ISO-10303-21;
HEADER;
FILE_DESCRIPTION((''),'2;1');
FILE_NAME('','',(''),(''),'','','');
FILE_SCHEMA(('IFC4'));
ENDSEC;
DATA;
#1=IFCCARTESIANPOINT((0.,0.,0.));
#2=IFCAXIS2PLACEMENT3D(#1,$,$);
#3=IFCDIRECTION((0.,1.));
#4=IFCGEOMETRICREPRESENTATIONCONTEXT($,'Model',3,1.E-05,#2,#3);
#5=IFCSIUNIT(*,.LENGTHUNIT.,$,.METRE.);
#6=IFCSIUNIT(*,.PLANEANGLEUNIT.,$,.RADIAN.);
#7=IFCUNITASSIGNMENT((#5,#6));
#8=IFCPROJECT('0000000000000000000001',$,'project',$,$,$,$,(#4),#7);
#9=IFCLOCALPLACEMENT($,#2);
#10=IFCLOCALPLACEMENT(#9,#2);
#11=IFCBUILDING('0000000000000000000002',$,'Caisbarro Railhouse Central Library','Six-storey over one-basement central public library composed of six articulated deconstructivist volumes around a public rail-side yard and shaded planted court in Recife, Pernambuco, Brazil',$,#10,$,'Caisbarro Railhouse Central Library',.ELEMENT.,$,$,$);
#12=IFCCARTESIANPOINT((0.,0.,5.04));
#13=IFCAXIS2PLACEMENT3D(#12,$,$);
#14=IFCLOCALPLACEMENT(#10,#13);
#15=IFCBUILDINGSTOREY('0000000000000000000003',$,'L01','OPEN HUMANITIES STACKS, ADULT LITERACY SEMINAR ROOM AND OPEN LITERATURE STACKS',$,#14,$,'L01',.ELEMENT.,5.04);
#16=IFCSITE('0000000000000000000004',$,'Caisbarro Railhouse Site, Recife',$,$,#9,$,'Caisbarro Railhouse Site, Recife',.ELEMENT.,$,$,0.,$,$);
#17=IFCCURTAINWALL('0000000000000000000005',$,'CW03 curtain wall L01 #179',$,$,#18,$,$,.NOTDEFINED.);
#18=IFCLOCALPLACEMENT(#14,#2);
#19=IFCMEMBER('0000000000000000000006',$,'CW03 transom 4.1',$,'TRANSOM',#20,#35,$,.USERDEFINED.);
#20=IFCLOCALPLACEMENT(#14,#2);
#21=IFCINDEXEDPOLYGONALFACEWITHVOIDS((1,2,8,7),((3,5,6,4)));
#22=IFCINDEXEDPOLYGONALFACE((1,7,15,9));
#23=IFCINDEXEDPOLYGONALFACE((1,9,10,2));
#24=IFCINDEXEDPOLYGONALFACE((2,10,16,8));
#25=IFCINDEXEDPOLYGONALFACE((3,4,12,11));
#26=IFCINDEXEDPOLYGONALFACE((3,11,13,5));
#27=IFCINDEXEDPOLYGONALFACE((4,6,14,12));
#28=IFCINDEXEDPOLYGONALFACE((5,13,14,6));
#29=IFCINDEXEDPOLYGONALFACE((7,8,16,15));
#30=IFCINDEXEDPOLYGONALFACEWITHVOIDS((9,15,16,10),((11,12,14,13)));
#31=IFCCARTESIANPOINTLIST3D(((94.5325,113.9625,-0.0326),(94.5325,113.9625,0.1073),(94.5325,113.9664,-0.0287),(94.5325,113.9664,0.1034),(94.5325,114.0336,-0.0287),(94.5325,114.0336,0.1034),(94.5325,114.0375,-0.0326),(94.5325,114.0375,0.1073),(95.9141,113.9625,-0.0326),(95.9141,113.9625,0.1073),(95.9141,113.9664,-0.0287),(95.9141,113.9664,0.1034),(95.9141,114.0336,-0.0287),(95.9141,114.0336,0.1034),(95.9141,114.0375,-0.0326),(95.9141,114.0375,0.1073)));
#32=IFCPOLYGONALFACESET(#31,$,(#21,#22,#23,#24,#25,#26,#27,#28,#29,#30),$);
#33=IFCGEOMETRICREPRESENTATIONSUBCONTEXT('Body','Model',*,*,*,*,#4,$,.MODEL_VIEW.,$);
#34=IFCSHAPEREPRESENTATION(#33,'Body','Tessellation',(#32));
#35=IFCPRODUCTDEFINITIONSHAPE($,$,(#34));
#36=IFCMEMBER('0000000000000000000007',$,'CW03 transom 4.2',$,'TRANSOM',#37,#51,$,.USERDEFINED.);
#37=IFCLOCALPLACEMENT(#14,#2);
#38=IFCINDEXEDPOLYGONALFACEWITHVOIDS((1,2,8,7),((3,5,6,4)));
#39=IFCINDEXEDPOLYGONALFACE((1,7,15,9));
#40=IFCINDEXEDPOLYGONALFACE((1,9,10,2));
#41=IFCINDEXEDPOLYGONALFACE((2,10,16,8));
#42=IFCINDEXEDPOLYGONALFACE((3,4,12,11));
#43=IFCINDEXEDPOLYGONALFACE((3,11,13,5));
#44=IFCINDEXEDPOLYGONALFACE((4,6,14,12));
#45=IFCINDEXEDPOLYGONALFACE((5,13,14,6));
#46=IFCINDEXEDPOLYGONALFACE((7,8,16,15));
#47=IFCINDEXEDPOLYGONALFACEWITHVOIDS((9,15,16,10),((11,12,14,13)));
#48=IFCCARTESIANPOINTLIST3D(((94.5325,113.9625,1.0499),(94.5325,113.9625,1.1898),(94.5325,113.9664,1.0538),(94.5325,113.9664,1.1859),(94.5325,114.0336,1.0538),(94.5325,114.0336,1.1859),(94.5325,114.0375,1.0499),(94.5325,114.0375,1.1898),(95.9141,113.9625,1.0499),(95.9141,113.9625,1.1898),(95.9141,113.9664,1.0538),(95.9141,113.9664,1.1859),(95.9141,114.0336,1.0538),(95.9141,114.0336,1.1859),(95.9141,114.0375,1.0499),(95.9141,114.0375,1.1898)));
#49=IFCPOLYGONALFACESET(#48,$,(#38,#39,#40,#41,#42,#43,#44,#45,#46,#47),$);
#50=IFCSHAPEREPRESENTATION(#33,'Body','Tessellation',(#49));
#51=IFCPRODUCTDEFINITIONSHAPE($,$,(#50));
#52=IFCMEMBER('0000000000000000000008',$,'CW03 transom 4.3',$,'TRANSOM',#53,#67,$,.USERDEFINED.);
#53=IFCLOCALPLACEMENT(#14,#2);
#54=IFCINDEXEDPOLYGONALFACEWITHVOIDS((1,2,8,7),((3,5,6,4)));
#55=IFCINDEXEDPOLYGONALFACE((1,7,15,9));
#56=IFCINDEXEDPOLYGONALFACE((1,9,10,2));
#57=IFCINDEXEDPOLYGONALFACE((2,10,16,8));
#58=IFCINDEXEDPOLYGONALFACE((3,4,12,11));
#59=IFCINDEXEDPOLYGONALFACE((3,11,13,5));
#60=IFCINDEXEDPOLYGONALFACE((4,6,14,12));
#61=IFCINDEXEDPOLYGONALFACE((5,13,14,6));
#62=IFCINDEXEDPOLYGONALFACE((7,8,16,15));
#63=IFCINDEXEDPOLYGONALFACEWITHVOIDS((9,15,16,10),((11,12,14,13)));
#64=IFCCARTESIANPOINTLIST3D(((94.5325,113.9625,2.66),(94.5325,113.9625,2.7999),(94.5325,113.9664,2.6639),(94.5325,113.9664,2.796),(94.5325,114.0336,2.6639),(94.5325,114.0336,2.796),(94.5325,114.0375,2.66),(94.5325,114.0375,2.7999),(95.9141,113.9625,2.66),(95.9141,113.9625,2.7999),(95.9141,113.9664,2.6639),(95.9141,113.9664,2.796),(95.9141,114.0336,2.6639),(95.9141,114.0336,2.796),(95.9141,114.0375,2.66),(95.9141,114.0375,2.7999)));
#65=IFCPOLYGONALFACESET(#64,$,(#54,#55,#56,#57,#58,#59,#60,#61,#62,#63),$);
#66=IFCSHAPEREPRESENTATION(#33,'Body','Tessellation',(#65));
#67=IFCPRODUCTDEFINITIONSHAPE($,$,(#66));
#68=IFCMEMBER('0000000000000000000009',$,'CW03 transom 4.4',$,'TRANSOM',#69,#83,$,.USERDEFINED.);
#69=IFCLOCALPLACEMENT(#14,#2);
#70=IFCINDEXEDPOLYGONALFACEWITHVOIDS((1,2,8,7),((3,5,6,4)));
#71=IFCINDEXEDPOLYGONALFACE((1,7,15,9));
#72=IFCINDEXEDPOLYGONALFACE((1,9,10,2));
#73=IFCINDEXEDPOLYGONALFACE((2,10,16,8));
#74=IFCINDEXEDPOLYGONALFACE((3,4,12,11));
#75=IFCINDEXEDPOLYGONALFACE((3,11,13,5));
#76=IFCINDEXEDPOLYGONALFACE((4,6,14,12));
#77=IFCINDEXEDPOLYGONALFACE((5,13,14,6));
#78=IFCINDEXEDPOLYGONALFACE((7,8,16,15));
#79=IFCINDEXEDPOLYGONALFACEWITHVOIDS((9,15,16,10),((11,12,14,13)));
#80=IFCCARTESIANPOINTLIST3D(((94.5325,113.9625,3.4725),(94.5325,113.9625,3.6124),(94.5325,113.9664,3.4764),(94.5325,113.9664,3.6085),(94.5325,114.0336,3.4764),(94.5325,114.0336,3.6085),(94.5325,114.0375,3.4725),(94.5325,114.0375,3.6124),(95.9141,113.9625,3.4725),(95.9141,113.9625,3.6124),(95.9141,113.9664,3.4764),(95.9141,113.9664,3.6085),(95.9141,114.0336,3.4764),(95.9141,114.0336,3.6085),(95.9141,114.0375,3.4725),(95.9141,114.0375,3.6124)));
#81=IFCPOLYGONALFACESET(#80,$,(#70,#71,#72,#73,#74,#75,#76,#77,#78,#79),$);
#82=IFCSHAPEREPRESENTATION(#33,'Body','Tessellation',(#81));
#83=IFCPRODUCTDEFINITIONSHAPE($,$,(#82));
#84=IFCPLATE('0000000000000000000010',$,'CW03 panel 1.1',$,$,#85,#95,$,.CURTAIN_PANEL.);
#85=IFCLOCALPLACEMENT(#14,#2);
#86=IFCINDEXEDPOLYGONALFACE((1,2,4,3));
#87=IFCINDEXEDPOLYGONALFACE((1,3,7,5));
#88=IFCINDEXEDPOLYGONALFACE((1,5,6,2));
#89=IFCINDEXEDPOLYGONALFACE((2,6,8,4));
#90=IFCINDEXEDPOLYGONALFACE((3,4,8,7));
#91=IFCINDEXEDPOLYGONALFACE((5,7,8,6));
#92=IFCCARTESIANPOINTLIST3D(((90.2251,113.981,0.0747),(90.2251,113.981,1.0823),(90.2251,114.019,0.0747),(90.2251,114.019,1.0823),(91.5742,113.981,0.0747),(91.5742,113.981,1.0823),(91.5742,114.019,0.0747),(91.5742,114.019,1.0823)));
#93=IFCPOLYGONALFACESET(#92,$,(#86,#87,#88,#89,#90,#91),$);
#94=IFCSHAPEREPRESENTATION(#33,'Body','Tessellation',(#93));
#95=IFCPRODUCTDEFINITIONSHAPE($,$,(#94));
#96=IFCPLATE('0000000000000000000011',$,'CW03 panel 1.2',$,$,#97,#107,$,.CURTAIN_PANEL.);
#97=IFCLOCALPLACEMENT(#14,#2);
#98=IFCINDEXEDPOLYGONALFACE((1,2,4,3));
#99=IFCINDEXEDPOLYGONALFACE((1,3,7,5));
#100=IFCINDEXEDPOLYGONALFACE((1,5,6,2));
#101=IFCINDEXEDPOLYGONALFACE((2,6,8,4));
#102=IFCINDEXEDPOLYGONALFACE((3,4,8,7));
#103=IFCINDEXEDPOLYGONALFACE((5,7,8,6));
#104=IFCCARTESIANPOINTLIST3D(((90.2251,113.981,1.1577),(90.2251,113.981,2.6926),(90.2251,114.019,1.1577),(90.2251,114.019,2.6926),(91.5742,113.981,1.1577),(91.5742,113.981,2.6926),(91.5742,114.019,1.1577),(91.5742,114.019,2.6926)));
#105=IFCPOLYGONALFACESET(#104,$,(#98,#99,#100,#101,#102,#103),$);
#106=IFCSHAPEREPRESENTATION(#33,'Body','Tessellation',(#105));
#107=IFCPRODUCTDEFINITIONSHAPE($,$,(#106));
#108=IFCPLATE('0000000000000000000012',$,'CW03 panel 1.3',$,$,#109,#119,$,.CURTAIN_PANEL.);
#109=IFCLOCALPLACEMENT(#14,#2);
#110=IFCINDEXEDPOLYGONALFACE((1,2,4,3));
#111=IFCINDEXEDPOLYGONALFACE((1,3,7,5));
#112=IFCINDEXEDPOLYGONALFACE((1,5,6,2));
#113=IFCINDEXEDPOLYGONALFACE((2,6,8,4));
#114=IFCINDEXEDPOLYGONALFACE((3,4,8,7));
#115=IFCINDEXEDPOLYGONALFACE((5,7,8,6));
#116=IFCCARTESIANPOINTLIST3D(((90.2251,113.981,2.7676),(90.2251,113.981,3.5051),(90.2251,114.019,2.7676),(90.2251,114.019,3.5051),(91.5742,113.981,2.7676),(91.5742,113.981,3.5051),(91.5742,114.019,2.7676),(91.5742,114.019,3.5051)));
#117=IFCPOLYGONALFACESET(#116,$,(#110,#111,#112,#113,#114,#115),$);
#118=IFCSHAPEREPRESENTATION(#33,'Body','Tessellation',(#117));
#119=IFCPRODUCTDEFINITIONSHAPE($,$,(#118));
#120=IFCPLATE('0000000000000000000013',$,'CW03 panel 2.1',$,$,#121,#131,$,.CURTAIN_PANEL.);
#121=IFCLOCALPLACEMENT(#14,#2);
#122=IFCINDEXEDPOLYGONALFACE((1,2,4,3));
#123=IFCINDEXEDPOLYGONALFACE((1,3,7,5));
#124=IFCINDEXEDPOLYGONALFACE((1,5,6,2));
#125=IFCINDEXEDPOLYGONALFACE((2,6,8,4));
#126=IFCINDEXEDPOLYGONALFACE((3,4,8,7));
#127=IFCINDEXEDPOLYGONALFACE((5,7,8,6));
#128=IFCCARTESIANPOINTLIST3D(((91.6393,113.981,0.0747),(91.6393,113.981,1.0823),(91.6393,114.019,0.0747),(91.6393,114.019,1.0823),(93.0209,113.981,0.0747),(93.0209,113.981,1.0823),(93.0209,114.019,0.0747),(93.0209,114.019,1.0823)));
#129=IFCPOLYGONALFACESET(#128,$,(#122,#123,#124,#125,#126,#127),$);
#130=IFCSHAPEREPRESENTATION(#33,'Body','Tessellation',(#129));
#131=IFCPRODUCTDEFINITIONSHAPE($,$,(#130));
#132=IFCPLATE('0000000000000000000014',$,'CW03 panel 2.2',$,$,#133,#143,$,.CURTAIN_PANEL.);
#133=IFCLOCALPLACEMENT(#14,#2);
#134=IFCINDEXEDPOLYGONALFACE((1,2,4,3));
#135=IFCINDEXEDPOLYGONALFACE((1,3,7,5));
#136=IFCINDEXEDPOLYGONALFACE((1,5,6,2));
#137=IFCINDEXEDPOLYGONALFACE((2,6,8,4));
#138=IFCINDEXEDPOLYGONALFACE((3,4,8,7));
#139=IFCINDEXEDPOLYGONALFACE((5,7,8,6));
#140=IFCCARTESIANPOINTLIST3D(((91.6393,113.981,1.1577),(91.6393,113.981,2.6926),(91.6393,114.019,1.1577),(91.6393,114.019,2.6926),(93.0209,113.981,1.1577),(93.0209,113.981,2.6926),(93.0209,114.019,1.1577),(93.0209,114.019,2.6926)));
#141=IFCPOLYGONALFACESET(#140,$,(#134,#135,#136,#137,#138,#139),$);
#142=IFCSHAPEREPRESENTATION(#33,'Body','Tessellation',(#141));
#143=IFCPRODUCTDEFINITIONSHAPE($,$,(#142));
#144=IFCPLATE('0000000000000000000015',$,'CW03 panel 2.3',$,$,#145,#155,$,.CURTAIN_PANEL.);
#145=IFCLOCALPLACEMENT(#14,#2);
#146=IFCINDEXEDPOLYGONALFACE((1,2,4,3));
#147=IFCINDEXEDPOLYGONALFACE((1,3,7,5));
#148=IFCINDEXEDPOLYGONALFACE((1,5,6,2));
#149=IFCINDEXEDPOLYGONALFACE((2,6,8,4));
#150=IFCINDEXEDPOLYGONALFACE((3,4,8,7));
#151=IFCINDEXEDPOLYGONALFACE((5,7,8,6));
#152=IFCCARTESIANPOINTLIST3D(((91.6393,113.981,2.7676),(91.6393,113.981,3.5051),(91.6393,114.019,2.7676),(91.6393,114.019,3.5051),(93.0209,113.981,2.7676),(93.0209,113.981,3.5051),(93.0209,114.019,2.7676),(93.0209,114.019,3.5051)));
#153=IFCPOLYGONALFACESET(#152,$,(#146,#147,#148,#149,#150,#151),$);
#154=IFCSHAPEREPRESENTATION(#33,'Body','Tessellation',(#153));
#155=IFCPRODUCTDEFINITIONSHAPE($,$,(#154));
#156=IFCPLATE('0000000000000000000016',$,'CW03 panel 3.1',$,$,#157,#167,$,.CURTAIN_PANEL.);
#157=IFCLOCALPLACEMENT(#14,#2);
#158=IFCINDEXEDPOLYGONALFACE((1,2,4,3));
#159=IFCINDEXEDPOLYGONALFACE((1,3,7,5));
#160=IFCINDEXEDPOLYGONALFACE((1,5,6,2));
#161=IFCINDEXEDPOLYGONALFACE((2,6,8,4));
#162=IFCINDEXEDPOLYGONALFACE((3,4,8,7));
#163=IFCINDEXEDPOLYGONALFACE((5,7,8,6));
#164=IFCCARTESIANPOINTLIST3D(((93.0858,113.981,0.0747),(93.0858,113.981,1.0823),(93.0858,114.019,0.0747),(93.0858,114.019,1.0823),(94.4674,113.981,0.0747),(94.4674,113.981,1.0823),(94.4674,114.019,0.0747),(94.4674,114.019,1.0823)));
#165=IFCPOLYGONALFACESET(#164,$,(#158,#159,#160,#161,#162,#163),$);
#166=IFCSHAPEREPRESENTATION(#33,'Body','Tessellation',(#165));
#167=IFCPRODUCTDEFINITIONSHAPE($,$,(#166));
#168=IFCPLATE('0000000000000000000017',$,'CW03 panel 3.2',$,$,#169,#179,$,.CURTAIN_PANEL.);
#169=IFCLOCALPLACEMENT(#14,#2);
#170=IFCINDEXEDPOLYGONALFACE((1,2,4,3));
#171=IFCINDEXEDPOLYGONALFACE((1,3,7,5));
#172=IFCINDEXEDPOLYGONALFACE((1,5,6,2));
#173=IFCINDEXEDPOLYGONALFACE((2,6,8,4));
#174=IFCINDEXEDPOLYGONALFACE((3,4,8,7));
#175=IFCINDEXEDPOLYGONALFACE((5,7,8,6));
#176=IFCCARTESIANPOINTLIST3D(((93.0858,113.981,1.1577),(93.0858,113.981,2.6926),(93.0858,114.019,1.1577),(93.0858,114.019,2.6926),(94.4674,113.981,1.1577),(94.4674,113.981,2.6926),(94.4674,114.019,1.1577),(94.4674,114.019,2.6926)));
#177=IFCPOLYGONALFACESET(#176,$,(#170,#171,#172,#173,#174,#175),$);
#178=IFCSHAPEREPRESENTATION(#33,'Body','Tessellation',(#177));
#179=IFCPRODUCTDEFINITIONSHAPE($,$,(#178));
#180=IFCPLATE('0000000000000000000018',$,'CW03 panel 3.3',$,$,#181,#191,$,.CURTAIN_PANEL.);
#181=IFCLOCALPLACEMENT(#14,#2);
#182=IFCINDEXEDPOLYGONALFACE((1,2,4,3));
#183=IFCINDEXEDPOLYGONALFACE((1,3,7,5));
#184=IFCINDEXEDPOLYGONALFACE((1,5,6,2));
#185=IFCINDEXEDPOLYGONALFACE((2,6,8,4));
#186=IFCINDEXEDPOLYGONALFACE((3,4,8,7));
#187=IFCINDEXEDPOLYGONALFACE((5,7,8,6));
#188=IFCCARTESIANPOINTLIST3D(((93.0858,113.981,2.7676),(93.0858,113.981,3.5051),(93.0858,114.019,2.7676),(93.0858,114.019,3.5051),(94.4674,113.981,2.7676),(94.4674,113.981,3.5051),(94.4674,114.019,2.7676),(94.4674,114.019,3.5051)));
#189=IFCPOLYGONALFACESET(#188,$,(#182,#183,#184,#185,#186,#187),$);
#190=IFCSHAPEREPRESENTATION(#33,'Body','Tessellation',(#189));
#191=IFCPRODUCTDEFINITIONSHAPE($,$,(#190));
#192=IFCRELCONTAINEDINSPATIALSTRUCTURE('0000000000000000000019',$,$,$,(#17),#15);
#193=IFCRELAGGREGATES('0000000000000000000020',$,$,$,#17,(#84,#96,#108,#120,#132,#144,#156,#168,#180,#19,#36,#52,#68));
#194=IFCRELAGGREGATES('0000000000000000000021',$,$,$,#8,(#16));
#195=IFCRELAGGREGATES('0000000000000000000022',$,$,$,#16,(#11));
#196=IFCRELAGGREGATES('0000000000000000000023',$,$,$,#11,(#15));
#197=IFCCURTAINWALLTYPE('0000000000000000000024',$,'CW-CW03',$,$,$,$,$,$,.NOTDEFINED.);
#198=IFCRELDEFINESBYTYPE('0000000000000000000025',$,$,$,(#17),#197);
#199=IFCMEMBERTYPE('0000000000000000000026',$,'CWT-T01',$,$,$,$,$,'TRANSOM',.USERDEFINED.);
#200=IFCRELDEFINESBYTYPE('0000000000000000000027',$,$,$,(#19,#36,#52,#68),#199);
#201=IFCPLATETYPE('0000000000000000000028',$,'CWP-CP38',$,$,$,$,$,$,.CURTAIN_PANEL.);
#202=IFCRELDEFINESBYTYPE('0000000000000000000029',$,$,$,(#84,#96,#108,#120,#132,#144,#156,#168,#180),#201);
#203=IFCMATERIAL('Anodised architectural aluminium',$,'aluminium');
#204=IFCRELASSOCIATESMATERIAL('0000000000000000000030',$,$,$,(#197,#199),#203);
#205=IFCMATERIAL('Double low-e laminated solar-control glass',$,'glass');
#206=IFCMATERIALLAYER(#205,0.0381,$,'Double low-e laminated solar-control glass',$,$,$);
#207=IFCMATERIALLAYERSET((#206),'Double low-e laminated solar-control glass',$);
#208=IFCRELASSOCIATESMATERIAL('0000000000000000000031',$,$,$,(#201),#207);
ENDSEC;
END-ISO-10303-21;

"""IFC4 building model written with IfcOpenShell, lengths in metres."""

from ifc_helpers import new_model, si_unit, direction, frame, origin, origin_2d, place, context, subcontext, project, spatial, rectangle, hollow_rectangle, extrude, material, layer, layer_set, material_profile, profile_set, type_object, element, aggregate, save


model = new_model("IFC4")

# Units and contexts
model_context = context("Model", 3, precision=1e-05, world=origin(), true_north=direction((0.0, 1.0)))
body_context = subcontext(model_context, "Body", "Model", "MODEL_VIEW")
ifc_project = project(units=[si_unit("LENGTHUNIT", "METRE"), si_unit("PLANEANGLEUNIT", "RADIAN")], contexts=[model_context])

# Site, building, storey
site_placement = place(None, origin())
site = spatial("IfcSite", under=ifc_project, at=site_placement, Name="Caisbarro Railhouse Site, Recife", LongName="Caisbarro Railhouse Site, Recife", CompositionType="ELEMENT", RefElevation=0.0)
building_placement = place(site_placement, origin())
building = spatial("IfcBuilding", under=site, at=building_placement, Name="Caisbarro Railhouse Central Library", Description="Six-storey over one-basement central public library composed of six articulated deconstructivist volumes around a public rail-side yard and shaded planted court in Recife, Pernambuco, Brazil", LongName="Caisbarro Railhouse Central Library", CompositionType="ELEMENT")
storey_placement = place(building_placement, frame((0.0, 0.0, 5.04)))
storey = spatial("IfcBuildingStorey", under=building, at=storey_placement, Name="L01", Description="OPEN HUMANITIES STACKS, ADULT LITERACY SEMINAR ROOM AND OPEN LITERATURE STACKS", LongName="L01", CompositionType="ELEMENT", Elevation=5.04)

# Curtain wall, members, plates
ifc_material_1 = material(Name="Anodised architectural aluminium", Category="aluminium")
curtain_wall_type = type_object("IfcCurtainWallType", Name="CW-CW03", PredefinedType="NOTDEFINED", material=ifc_material_1)
curtain_wall_placement = place(storey_placement, origin())
curtain_wall = element("IfcCurtainWall", 1, at=curtain_wall_placement, inside=storey, type_object=curtain_wall_type, Name="CW03 curtain wall L01 #179", PredefinedType="NOTDEFINED")
ifc_material_profile_1 = material_profile(ifc_material_1, hollow_rectangle(XDim=0.075, YDim=0.1399, WallThickness=0.0039, at=origin_2d()), Name="ALU-TRN-75X140")
ifc_profile_set_1 = profile_set([ifc_material_profile_1], Name="Anodised architectural aluminium")
member_type_1 = type_object("IfcMemberType", Name="CWT-T01", ElementType="TRANSOM", PredefinedType="USERDEFINED", material=ifc_profile_set_1)
member_1_placement = place(storey_placement, frame((94.5325, 114.0, 0.0374), z_axis=(1.0, 0.0, 0.0), x_axis=(0.0, 1.0, 0.0)))
member_1 = element("IfcMember", 2, at=member_1_placement, type_object=member_type_1, Name="CW03 transom 4.1", ObjectType="TRANSOM", PredefinedType="USERDEFINED", context=body_context, shape_type="SweptSolid", body=[
    extrude(hollow_rectangle(XDim=0.075, YDim=0.1399, WallThickness=0.0039, at=origin_2d()), origin(), (0.0, 0.0, 1.0), 1.3816),
])
member_2_placement = place(storey_placement, frame((94.5325, 114.0, 1.1199), z_axis=(1.0, 0.0, 0.0), x_axis=(0.0, 1.0, 0.0)))
member_2 = element("IfcMember", 3, at=member_2_placement, type_object=member_type_1, Name="CW03 transom 4.2", ObjectType="TRANSOM", PredefinedType="USERDEFINED", context=body_context, shape_type="SweptSolid", body=[
    extrude(hollow_rectangle(XDim=0.075, YDim=0.1399, WallThickness=0.0039, at=origin_2d()), origin(), (0.0, 0.0, 1.0), 1.3816),
])
member_3_placement = place(storey_placement, frame((94.5325, 114.0, 2.73), z_axis=(1.0, 0.0, 0.0), x_axis=(0.0, 1.0, 0.0)))
member_3 = element("IfcMember", 4, at=member_3_placement, type_object=member_type_1, Name="CW03 transom 4.3", ObjectType="TRANSOM", PredefinedType="USERDEFINED", context=body_context, shape_type="SweptSolid", body=[
    extrude(hollow_rectangle(XDim=0.075, YDim=0.1399, WallThickness=0.0039, at=origin_2d()), origin(), (0.0, 0.0, 1.0), 1.3816),
])
member_4_placement = place(storey_placement, frame((94.5325, 114.0, 3.5425), z_axis=(1.0, 0.0, 0.0), x_axis=(0.0, 1.0, 0.0)))
member_4 = element("IfcMember", 5, at=member_4_placement, type_object=member_type_1, Name="CW03 transom 4.4", ObjectType="TRANSOM", PredefinedType="USERDEFINED", context=body_context, shape_type="SweptSolid", body=[
    extrude(hollow_rectangle(XDim=0.075, YDim=0.1399, WallThickness=0.0039, at=origin_2d()), origin(), (0.0, 0.0, 1.0), 1.3816),
])
ifc_material_2 = material(Name="Double low-e laminated solar-control glass", Category="glass")
ifc_layer_1 = layer(ifc_material_2, 0.0381, Name="Double low-e laminated solar-control glass")
ifc_layer_set_1 = layer_set([ifc_layer_1], Name="Double low-e laminated solar-control glass")
plate_type = type_object("IfcPlateType", Name="CWP-CP38", PredefinedType="CURTAIN_PANEL", material=ifc_layer_set_1)
plate_1_placement = place(storey_placement, frame((90.8997, 114.0, 0.0747), z_axis=(0.0, 0.0, 1.0), x_axis=(1.0, 0.0, 0.0)))
plate_1 = element("IfcPlate", 6, at=plate_1_placement, type_object=plate_type, Name="CW03 panel 1.1", PredefinedType="CURTAIN_PANEL", context=body_context, shape_type="SweptSolid", body=[
    extrude(rectangle(XDim=1.3491, YDim=0.0381, at=origin_2d()), origin(), (0.0, 0.0, 1.0), 1.0076),
])
plate_2_placement = place(storey_placement, frame((90.8997, 114.0, 1.1577), z_axis=(0.0, 0.0, 1.0), x_axis=(1.0, 0.0, 0.0)))
plate_2 = element("IfcPlate", 7, at=plate_2_placement, type_object=plate_type, Name="CW03 panel 1.2", PredefinedType="CURTAIN_PANEL", context=body_context, shape_type="SweptSolid", body=[
    extrude(rectangle(XDim=1.3491, YDim=0.0381, at=origin_2d()), origin(), (0.0, 0.0, 1.0), 1.5349),
])
plate_3_placement = place(storey_placement, frame((90.8997, 114.0, 2.7676), z_axis=(0.0, 0.0, 1.0), x_axis=(1.0, 0.0, 0.0)))
plate_3 = element("IfcPlate", 8, at=plate_3_placement, type_object=plate_type, Name="CW03 panel 1.3", PredefinedType="CURTAIN_PANEL", context=body_context, shape_type="SweptSolid", body=[
    extrude(rectangle(XDim=1.3491, YDim=0.0381, at=origin_2d()), origin(), (0.0, 0.0, 1.0), 0.7375),
])
plate_4_placement = place(storey_placement, frame((92.3301, 114.0, 0.0747), z_axis=(0.0, 0.0, 1.0), x_axis=(1.0, 0.0, 0.0)))
plate_4 = element("IfcPlate", 9, at=plate_4_placement, type_object=plate_type, Name="CW03 panel 2.1", PredefinedType="CURTAIN_PANEL", context=body_context, shape_type="SweptSolid", body=[
    extrude(rectangle(XDim=1.3816, YDim=0.0381, at=origin_2d()), origin(), (0.0, 0.0, 1.0), 1.0076),
])
plate_5_placement = place(storey_placement, frame((92.3301, 114.0, 1.1577), z_axis=(0.0, 0.0, 1.0), x_axis=(1.0, 0.0, 0.0)))
plate_5 = element("IfcPlate", 10, at=plate_5_placement, type_object=plate_type, Name="CW03 panel 2.2", PredefinedType="CURTAIN_PANEL", context=body_context, shape_type="SweptSolid", body=[
    extrude(rectangle(XDim=1.3816, YDim=0.0381, at=origin_2d()), origin(), (0.0, 0.0, 1.0), 1.5349),
])
plate_6_placement = place(storey_placement, frame((92.3301, 114.0, 2.7676), z_axis=(0.0, 0.0, 1.0), x_axis=(1.0, 0.0, 0.0)))
plate_6 = element("IfcPlate", 11, at=plate_6_placement, type_object=plate_type, Name="CW03 panel 2.3", PredefinedType="CURTAIN_PANEL", context=body_context, shape_type="SweptSolid", body=[
    extrude(rectangle(XDim=1.3816, YDim=0.0381, at=origin_2d()), origin(), (0.0, 0.0, 1.0), 0.7375),
])
plate_7_placement = place(storey_placement, frame((93.7766, 114.0, 0.0747), z_axis=(0.0, 0.0, 1.0), x_axis=(1.0, 0.0, 0.0)))
plate_7 = element("IfcPlate", 12, at=plate_7_placement, type_object=plate_type, Name="CW03 panel 3.1", PredefinedType="CURTAIN_PANEL", context=body_context, shape_type="SweptSolid", body=[
    extrude(rectangle(XDim=1.3816, YDim=0.0381, at=origin_2d()), origin(), (0.0, 0.0, 1.0), 1.0076),
])
plate_8_placement = place(storey_placement, frame((93.7766, 114.0, 1.1577), z_axis=(0.0, 0.0, 1.0), x_axis=(1.0, 0.0, 0.0)))
plate_8 = element("IfcPlate", 13, at=plate_8_placement, type_object=plate_type, Name="CW03 panel 3.2", PredefinedType="CURTAIN_PANEL", context=body_context, shape_type="SweptSolid", body=[
    extrude(rectangle(XDim=1.3816, YDim=0.0381, at=origin_2d()), origin(), (0.0, 0.0, 1.0), 1.5349),
])
plate_9_placement = place(storey_placement, frame((93.7766, 114.0, 2.7676), z_axis=(0.0, 0.0, 1.0), x_axis=(1.0, 0.0, 0.0)))
plate_9 = element("IfcPlate", 14, at=plate_9_placement, type_object=plate_type, Name="CW03 panel 3.3", PredefinedType="CURTAIN_PANEL", context=body_context, shape_type="SweptSolid", body=[
    extrude(rectangle(XDim=1.3816, YDim=0.0381, at=origin_2d()), origin(), (0.0, 0.0, 1.0), 0.7375),
])
aggregate(curtain_wall, [plate_1, plate_2, plate_3, plate_4, plate_5, plate_6, plate_7, plate_8, plate_9, member_1, member_2, member_3, member_4])

save(model, "model.ifc")
